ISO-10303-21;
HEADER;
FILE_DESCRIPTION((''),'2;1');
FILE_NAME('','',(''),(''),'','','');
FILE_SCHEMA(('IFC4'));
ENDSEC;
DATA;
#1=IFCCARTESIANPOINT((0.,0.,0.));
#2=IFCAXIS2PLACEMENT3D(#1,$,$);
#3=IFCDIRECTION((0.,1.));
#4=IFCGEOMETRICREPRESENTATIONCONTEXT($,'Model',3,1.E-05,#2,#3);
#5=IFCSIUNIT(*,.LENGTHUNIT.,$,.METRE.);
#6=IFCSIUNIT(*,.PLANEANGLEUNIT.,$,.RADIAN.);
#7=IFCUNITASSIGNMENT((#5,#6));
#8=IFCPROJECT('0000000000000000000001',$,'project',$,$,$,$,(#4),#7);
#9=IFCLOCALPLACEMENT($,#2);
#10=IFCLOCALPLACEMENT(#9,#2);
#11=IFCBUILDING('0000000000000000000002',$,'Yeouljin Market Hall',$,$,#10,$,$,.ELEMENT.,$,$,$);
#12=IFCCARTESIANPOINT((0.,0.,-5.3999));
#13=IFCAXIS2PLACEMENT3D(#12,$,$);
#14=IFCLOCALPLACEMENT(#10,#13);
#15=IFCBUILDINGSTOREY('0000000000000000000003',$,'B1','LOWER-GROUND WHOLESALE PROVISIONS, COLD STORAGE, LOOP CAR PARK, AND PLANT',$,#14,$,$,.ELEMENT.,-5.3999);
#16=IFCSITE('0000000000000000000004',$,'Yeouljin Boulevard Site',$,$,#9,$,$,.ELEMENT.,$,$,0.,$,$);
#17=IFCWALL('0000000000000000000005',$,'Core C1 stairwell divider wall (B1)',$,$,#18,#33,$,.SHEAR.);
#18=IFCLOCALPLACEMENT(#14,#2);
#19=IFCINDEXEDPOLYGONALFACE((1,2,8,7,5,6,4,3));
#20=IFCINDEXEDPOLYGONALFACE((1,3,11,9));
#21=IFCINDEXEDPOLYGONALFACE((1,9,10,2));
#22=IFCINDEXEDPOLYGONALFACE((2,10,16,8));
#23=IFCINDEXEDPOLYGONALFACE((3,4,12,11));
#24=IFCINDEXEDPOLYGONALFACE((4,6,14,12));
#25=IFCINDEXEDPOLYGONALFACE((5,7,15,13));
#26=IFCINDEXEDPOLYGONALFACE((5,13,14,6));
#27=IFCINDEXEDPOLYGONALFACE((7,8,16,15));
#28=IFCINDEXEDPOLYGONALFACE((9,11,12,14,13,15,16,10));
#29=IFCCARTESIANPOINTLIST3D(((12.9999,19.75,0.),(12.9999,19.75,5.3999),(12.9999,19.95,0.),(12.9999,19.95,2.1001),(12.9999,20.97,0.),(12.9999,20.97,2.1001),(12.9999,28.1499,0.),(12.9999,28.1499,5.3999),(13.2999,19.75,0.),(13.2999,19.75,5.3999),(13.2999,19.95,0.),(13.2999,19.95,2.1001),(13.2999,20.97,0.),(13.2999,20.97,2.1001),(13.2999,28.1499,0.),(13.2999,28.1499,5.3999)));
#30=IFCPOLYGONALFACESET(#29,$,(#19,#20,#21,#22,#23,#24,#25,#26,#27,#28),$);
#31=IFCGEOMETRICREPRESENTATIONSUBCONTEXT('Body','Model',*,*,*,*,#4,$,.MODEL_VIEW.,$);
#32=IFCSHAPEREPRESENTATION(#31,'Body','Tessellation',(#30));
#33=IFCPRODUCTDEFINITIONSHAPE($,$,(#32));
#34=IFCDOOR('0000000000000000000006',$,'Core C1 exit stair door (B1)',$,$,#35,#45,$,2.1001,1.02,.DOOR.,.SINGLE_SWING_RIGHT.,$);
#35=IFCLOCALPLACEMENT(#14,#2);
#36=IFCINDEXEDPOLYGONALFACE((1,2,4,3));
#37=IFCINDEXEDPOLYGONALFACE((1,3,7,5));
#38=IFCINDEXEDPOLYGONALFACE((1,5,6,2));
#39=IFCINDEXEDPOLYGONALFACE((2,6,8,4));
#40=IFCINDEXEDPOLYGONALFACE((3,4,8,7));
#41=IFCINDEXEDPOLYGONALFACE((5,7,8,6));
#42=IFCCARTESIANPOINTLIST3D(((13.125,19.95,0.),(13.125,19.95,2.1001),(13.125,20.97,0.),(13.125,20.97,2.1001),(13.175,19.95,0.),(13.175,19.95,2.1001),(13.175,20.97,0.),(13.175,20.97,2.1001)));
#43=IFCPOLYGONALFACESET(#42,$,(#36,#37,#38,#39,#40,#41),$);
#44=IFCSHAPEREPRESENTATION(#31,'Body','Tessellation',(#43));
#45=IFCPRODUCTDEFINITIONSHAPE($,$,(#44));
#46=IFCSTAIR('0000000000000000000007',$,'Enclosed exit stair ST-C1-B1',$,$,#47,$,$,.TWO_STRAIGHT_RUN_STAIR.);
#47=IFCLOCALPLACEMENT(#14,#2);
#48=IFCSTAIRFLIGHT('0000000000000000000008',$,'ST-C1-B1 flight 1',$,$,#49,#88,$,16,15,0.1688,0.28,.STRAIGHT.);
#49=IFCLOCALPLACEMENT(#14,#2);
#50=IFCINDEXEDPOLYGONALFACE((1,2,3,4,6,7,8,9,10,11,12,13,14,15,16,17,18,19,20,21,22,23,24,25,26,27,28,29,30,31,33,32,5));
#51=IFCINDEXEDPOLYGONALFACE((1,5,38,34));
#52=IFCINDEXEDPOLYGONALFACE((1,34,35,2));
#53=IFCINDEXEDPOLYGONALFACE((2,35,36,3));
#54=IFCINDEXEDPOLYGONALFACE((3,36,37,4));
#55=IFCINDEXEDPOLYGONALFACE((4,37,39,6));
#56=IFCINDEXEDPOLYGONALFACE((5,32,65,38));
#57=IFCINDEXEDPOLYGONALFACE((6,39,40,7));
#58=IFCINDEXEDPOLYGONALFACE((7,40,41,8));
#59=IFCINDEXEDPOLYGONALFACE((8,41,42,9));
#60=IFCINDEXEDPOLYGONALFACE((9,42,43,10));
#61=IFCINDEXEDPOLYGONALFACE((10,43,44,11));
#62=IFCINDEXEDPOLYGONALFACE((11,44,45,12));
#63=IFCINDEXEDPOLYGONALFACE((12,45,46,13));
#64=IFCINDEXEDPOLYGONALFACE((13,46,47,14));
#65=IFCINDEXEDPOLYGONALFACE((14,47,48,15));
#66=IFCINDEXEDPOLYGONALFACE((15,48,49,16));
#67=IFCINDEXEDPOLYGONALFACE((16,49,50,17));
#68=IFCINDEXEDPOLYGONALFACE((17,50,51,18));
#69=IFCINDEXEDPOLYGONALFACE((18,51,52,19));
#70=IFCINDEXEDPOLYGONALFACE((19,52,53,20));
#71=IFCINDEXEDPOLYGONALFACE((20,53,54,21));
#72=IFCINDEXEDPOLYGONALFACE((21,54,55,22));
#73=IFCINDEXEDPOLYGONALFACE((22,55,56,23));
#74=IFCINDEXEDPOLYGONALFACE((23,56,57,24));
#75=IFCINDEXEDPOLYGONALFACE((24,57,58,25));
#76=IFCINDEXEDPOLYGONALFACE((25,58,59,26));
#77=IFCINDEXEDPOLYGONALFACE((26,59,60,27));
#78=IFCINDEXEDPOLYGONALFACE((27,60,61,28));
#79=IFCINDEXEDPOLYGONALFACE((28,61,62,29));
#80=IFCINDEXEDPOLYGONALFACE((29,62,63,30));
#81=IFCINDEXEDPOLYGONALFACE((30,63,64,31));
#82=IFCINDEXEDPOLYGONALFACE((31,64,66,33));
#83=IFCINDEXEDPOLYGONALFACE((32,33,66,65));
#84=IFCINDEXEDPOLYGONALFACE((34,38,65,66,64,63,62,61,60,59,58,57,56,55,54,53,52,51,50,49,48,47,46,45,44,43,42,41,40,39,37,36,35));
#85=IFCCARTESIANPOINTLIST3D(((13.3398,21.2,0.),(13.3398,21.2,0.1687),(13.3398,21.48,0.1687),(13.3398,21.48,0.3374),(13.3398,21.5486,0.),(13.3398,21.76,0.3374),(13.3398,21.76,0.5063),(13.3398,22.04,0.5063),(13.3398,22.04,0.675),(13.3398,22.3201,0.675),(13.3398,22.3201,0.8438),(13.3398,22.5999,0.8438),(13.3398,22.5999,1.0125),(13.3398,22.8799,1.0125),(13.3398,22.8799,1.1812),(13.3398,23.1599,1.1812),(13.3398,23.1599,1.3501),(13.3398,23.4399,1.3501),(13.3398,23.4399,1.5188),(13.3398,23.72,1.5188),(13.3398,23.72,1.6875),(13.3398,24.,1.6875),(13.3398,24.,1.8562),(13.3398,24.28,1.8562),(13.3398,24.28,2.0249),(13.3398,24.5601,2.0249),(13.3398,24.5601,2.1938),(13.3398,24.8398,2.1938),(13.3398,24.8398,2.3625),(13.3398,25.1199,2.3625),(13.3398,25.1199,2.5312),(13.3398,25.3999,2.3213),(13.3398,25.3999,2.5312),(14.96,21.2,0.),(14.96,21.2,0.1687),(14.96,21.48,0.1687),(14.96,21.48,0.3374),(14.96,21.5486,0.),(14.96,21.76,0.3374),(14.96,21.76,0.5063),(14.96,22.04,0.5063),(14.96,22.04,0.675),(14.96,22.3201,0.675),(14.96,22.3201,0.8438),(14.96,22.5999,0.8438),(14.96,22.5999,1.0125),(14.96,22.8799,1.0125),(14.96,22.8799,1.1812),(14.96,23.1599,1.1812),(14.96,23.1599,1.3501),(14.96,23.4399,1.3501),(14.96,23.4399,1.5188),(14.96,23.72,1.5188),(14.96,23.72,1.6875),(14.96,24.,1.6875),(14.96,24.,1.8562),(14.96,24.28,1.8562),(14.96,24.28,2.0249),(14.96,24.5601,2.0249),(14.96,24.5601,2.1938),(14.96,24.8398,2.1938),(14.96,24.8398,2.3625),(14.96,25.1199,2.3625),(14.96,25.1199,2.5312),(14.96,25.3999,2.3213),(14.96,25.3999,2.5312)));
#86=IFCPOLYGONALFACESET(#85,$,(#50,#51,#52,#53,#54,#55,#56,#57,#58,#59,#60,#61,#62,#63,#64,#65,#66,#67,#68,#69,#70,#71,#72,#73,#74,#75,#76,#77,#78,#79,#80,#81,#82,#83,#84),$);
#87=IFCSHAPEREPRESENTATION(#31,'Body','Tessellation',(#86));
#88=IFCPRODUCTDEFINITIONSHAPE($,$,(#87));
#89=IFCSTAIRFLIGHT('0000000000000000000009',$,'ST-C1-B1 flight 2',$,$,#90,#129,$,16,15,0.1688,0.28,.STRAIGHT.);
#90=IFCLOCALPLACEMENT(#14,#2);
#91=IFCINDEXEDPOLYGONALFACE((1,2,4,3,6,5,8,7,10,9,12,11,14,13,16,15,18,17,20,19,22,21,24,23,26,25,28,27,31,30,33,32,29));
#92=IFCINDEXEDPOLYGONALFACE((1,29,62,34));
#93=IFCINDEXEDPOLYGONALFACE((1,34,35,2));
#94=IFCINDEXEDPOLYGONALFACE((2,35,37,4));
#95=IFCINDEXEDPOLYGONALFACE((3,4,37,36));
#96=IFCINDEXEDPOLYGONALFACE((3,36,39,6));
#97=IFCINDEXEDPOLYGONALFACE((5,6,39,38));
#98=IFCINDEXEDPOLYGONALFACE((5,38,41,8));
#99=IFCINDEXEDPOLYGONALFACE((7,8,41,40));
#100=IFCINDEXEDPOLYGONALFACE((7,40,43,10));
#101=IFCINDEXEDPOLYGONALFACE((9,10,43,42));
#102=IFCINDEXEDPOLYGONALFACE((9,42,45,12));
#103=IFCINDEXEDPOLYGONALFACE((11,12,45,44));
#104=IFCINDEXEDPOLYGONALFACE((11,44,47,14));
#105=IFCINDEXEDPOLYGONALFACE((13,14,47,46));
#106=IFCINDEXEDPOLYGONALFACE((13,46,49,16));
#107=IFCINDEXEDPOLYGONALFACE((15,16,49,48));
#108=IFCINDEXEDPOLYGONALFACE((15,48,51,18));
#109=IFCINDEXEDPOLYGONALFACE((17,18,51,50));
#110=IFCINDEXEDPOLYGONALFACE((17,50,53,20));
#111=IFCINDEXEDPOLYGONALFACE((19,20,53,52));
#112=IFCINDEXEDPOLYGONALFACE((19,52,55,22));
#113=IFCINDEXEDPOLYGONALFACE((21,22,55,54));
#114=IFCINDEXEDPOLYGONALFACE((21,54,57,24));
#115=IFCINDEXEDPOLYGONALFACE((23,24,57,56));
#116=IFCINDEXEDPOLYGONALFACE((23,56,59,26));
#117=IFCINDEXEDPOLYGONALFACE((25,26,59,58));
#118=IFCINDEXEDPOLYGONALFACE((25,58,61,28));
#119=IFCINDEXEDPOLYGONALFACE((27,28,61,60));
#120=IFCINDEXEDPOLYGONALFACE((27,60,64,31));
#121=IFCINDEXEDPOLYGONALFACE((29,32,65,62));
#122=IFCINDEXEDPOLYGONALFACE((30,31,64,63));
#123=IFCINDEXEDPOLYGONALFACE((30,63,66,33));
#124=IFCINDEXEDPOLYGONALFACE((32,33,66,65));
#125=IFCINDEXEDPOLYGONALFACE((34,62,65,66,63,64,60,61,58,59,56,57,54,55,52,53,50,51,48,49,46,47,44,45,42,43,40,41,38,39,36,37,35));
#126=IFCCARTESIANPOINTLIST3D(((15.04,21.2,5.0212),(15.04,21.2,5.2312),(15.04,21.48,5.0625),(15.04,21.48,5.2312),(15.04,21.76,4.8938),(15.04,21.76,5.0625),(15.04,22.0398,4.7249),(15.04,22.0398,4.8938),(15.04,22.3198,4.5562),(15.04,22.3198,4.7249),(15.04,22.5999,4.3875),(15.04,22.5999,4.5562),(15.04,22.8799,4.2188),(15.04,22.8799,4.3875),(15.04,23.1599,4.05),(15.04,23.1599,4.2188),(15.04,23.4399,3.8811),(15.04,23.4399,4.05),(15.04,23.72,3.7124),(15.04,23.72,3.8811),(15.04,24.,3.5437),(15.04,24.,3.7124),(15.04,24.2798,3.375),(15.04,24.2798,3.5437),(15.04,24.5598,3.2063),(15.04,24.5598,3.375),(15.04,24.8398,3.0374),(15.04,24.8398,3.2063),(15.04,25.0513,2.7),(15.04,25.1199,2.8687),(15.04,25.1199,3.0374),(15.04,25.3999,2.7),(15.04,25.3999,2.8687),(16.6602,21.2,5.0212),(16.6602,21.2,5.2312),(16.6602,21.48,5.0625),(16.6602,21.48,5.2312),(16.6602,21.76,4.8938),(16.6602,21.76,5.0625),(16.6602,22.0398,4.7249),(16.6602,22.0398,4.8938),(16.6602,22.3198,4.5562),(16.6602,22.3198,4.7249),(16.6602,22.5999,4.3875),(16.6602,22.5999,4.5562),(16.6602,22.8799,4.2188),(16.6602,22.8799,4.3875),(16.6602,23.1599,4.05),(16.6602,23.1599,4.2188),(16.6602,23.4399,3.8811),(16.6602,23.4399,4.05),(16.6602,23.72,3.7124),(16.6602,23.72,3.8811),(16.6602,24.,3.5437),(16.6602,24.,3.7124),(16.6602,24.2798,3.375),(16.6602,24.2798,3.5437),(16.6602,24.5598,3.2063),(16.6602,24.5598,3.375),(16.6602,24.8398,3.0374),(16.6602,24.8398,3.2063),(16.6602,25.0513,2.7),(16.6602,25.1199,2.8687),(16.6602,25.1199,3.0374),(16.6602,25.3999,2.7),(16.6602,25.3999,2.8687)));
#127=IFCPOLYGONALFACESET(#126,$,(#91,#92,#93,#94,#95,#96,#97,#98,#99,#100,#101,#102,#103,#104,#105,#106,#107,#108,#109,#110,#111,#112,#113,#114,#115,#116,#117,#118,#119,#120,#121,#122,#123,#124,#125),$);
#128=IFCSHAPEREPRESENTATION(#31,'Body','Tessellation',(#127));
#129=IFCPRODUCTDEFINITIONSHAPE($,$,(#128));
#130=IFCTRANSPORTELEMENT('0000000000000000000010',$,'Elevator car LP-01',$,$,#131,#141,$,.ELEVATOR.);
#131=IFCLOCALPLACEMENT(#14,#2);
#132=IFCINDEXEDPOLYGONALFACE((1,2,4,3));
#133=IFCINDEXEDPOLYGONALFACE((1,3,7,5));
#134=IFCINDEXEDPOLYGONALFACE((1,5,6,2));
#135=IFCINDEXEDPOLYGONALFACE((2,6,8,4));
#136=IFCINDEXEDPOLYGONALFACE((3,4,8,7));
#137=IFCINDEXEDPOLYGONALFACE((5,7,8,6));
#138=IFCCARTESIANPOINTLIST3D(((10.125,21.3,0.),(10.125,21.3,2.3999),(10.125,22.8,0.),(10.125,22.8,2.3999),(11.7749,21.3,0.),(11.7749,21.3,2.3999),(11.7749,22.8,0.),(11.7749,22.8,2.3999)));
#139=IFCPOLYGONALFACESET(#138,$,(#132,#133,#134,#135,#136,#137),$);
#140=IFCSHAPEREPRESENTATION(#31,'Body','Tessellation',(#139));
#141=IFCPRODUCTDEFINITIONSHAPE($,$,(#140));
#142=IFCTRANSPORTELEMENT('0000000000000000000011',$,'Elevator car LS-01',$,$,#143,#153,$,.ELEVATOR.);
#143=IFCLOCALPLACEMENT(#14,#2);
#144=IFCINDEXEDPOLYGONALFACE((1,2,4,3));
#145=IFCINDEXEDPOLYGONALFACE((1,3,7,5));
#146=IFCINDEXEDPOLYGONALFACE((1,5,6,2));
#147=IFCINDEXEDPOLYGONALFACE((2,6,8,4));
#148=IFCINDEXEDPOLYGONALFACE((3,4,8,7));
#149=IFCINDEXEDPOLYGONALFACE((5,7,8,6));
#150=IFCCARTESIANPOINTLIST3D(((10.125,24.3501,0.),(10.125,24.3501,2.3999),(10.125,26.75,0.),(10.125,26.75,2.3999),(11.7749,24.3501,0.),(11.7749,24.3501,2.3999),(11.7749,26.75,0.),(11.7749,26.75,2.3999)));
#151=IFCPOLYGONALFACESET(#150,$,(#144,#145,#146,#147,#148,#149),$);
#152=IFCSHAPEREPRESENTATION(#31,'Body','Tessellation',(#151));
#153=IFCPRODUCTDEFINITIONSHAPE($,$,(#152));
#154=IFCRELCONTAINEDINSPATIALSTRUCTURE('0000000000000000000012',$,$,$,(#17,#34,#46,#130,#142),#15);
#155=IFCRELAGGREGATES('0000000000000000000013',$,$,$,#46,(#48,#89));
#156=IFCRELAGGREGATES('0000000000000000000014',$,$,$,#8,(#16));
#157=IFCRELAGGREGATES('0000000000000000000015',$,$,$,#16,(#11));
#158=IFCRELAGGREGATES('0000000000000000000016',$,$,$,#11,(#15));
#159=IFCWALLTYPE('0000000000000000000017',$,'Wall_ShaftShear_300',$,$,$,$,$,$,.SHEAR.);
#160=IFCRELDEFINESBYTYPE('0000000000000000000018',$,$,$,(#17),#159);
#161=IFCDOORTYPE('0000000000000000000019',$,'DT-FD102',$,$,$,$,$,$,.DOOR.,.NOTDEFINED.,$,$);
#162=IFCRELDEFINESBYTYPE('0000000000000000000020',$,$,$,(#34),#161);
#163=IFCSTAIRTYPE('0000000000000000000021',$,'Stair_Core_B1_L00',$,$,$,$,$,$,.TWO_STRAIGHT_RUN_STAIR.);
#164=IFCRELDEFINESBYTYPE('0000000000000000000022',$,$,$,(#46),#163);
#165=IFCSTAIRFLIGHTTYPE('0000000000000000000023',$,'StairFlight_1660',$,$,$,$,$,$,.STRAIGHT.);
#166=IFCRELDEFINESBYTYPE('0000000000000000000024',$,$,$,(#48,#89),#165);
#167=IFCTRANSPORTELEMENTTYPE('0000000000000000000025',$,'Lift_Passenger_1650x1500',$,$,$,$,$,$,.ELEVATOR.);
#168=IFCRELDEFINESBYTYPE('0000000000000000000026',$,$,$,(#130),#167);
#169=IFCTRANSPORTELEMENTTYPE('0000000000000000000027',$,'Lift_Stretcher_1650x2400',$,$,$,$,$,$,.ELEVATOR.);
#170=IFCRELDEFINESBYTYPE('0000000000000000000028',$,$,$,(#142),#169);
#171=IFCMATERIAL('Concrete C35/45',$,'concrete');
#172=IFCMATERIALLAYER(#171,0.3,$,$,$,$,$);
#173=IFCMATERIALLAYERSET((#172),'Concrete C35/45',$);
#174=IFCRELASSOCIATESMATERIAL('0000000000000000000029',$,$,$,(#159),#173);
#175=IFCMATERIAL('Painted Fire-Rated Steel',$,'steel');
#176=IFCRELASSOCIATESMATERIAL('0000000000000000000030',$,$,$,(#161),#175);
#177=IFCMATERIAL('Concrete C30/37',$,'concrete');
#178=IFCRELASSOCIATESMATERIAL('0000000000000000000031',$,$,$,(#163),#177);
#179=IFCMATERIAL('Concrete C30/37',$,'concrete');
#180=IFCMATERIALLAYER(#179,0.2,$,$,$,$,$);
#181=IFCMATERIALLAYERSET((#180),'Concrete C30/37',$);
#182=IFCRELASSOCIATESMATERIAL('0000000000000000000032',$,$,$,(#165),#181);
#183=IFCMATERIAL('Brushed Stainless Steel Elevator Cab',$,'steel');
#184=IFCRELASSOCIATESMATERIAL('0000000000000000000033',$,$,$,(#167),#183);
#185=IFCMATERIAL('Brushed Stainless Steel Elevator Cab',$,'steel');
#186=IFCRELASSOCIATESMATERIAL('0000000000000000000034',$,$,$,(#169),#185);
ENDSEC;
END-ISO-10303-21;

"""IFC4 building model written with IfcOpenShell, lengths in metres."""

from ifc_helpers import new_model, si_unit, direction, frame, frame_2d, origin, origin_2d, place, context, subcontext, project, spatial, polyline, rectangle, outline, extrude, material, layer, layer_set, type_object, element, fill, aggregate, save


model = new_model("IFC4")

# Units and contexts
model_context = context("Model", 3, precision=1e-05, world=origin(), true_north=direction((0.0, 1.0)))
body_context = subcontext(model_context, "Body", "Model", "MODEL_VIEW")
ifc_project = project(units=[si_unit("LENGTHUNIT", "METRE"), si_unit("PLANEANGLEUNIT", "RADIAN")], contexts=[model_context])

# Site, building, storey
site_placement = place(None, origin())
site = spatial("IfcSite", under=ifc_project, at=site_placement, Name="Yeouljin Boulevard Site", CompositionType="ELEMENT", RefElevation=0.0)
building_placement = place(site_placement, origin())
building = spatial("IfcBuilding", under=site, at=building_placement, Name="Yeouljin Market Hall", CompositionType="ELEMENT")
storey_placement = place(building_placement, frame((0.0, 0.0, -5.3999)))
storey = spatial("IfcBuildingStorey", under=building, at=storey_placement, Name="B1", Description="LOWER-GROUND WHOLESALE PROVISIONS, COLD STORAGE, LOOP CAR PARK, AND PLANT", CompositionType="ELEMENT", Elevation=-5.3999)

# Wall, opening, door
ifc_material_1 = material(Name="Concrete C35/45", Category="concrete")
ifc_layer_1 = layer(ifc_material_1, 0.3)
ifc_layer_set_1 = layer_set([ifc_layer_1], Name="Concrete C35/45")
wall_type_1 = type_object("IfcWallType", Name="Wall_ShaftShear_300", PredefinedType="SHEAR", material=ifc_layer_set_1)
wall_1_placement = place(storey_placement, frame((13.1499, 19.75, 0.0), z_axis=(0.0, 0.0, 1.0), x_axis=(0.0, 1.0, 0.0)))
wall_1 = element("IfcWall", 1, at=wall_1_placement, inside=storey, type_object=wall_type_1, Name="Core C1 stairwell divider wall (B1)", PredefinedType="SHEAR", context=body_context, shape_type="SweptSolid", body=[
    extrude(rectangle(XDim=8.3999, YDim=0.3, at=frame_2d((4.2, 0.0))), origin(), (0.0, 0.0, 1.0), 5.3999),
])
opening_1_placement = place(wall_1_placement, frame((0.2, 0.0, 0.0)))
opening_1 = element("IfcOpeningElement", 2, at=opening_1_placement, cuts=wall_1, PredefinedType="OPENING", context=body_context, shape_type="SweptSolid", body=[
    extrude(rectangle(XDim=1.02, YDim=2.1001, at=frame_2d((0.51, 1.05))), frame((0.0, 0.1599, 0.0), z_axis=(0.0, -1.0, 0.0), x_axis=(1.0, 0.0, 0.0)), (0.0, 0.0, 1.0), 0.3201),
])
ifc_material_2 = material(Name="Painted Fire-Rated Steel", Category="steel")
door_type_1 = type_object("IfcDoorType", Name="DT-FD102", OperationType="NOTDEFINED", PredefinedType="DOOR", material=ifc_material_2)
door_1_placement = place(opening_1_placement, origin())
door_1 = element("IfcDoor", 3, at=door_1_placement, inside=storey, type_object=door_type_1, Name="Core C1 exit stair door (B1)", OperationType="SINGLE_SWING_RIGHT", OverallHeight=2.1001, OverallWidth=1.02, PredefinedType="DOOR", context=body_context, shape_type="SweptSolid", body=[
    extrude(rectangle(XDim=1.02, YDim=2.1001, at=frame_2d((0.51, 1.05))), frame((0.0, 0.0249, 0.0), z_axis=(0.0, -1.0, 0.0), x_axis=(1.0, 0.0, 0.0)), (0.0, 0.0, 1.0), 0.05),
])
fill(opening_1, door_1)

# Stair, stair flights
ifc_material_3 = material(Name="Concrete C30/37", Category="concrete")
stair_type = type_object("IfcStairType", Name="Stair_Core_B1_L00", PredefinedType="TWO_STRAIGHT_RUN_STAIR", material=ifc_material_3)
stair_placement = place(storey_placement, origin())
stair = element("IfcStair", 4, at=stair_placement, inside=storey, type_object=stair_type, Name="Enclosed exit stair ST-C1-B1", PredefinedType="TWO_STRAIGHT_RUN_STAIR")
ifc_material_4 = material(Name="Concrete C30/37", Category="concrete")
ifc_layer_2 = layer(ifc_material_4, 0.2)
ifc_layer_set_2 = layer_set([ifc_layer_2], Name="Concrete C30/37")
stair_flight_type = type_object("IfcStairFlightType", Name="StairFlight_1660", PredefinedType="STRAIGHT", material=ifc_layer_set_2)
stair_flight_1_placement = place(storey_placement, frame((14.1499, 21.2, 0.0), z_axis=(0.0, 0.0, 1.0), x_axis=(0.0, 1.0, 0.0)))
stair_flight_1 = element("IfcStairFlight", 5, at=stair_flight_1_placement, type_object=stair_flight_type, Name="ST-C1-B1 flight 1", NumberOfRisers=16, NumberOfTreads=15, PredefinedType="STRAIGHT", RiserHeight=0.1688, TreadLength=0.28, context=body_context, shape_type="SweptSolid", body=[
    extrude(outline(polyline([(0.0, 0.0), (0.0, 0.1687), (0.28, 0.1687), (0.28, 0.3374), (0.5601, 0.3374), (0.5601, 0.5063), (0.8401, 0.5063), (0.8401, 0.675), (1.1201, 0.675), (1.1201, 0.8438), (1.3999, 0.8438), (1.3999, 1.0125), (1.6799, 1.0125), (1.6799, 1.1812), (1.96, 1.1812), (1.96, 1.3501), (2.24, 1.3501), (2.24, 1.5188), (2.52, 1.5188), (2.52, 1.6875), (2.8, 1.6875), (2.8, 1.8562), (3.0801, 1.8562), (3.0801, 2.0249), (3.3601, 2.0249), (3.3601, 2.1938), (3.6399, 2.1938), (3.6399, 2.3625), (3.9199, 2.3625), (3.9199, 2.5312), (4.2, 2.5312), (4.2, 2.7), (4.2, 2.3213), (0.3486, 0.0), (0.0, 0.0)])), frame((0.0, 0.8101, 0.0), z_axis=(0.0, -1.0, 0.0), x_axis=(1.0, 0.0, 0.0)), (0.0, 0.0, 1.0), 1.6201),
])
stair_flight_2_placement = place(storey_placement, frame((15.8501, 25.3999, 2.7), z_axis=(0.0, 0.0, 1.0), x_axis=(0.0, -1.0, 0.0)))
stair_flight_2 = element("IfcStairFlight", 6, at=stair_flight_2_placement, type_object=stair_flight_type, Name="ST-C1-B1 flight 2", NumberOfRisers=16, NumberOfTreads=15, PredefinedType="STRAIGHT", RiserHeight=0.1688, TreadLength=0.28, context=body_context, shape_type="SweptSolid", body=[
    extrude(outline(polyline([(0.0, 0.0), (0.0, 0.1687), (0.28, 0.1687), (0.28, 0.3374), (0.5601, 0.3374), (0.5601, 0.5063), (0.8401, 0.5063), (0.8401, 0.675), (1.1201, 0.675), (1.1201, 0.8438), (1.3999, 0.8438), (1.3999, 1.0125), (1.6799, 1.0125), (1.6799, 1.1812), (1.96, 1.1812), (1.96, 1.3501), (2.24, 1.3501), (2.24, 1.5188), (2.52, 1.5188), (2.52, 1.6875), (2.8, 1.6875), (2.8, 1.8562), (3.0801, 1.8562), (3.0801, 2.0249), (3.3601, 2.0249), (3.3601, 2.1938), (3.6399, 2.1938), (3.6399, 2.3625), (3.9199, 2.3625), (3.9199, 2.5312), (4.2, 2.5312), (4.2, 2.7), (4.2, 2.3213), (0.3486, 0.0), (0.0, 0.0)])), frame((0.0, 0.8101, 0.0), z_axis=(0.0, -1.0, 0.0), x_axis=(1.0, 0.0, 0.0)), (0.0, 0.0, 1.0), 1.6201),
])
aggregate(stair, [stair_flight_1, stair_flight_2])

# Transport elements
ifc_material_5 = material(Name="Brushed Stainless Steel Elevator Cab", Category="steel")
transport_element_type_1 = type_object("IfcTransportElementType", Name="Lift_Passenger_1650x1500", PredefinedType="ELEVATOR", material=ifc_material_5)
transport_element_1_placement = place(storey_placement, frame((10.95, 22.05, 0.0), z_axis=(0.0, 0.0, 1.0), x_axis=(1.0, 0.0, 0.0)))
element("IfcTransportElement", 7, at=transport_element_1_placement, inside=storey, type_object=transport_element_type_1, Name="Elevator car LP-01", PredefinedType="ELEVATOR", context=body_context, shape_type="SweptSolid", body=[
    extrude(rectangle(XDim=1.6499, YDim=1.5, at=origin_2d()), origin(), (0.0, 0.0, 1.0), 2.3999),
])
ifc_material_6 = material(Name="Brushed Stainless Steel Elevator Cab", Category="steel")
transport_element_type_2 = type_object("IfcTransportElementType", Name="Lift_Stretcher_1650x2400", PredefinedType="ELEVATOR", material=ifc_material_6)
transport_element_2_placement = place(storey_placement, frame((10.95, 25.55, 0.0), z_axis=(0.0, 0.0, 1.0), x_axis=(1.0, 0.0, 0.0)))
element("IfcTransportElement", 8, at=transport_element_2_placement, inside=storey, type_object=transport_element_type_2, Name="Elevator car LS-01", PredefinedType="ELEVATOR", context=body_context, shape_type="SweptSolid", body=[
    extrude(rectangle(XDim=1.6499, YDim=2.3999, at=origin_2d()), origin(), (0.0, 0.0, 1.0), 2.3999),
])

save(model, "model.ifc")
